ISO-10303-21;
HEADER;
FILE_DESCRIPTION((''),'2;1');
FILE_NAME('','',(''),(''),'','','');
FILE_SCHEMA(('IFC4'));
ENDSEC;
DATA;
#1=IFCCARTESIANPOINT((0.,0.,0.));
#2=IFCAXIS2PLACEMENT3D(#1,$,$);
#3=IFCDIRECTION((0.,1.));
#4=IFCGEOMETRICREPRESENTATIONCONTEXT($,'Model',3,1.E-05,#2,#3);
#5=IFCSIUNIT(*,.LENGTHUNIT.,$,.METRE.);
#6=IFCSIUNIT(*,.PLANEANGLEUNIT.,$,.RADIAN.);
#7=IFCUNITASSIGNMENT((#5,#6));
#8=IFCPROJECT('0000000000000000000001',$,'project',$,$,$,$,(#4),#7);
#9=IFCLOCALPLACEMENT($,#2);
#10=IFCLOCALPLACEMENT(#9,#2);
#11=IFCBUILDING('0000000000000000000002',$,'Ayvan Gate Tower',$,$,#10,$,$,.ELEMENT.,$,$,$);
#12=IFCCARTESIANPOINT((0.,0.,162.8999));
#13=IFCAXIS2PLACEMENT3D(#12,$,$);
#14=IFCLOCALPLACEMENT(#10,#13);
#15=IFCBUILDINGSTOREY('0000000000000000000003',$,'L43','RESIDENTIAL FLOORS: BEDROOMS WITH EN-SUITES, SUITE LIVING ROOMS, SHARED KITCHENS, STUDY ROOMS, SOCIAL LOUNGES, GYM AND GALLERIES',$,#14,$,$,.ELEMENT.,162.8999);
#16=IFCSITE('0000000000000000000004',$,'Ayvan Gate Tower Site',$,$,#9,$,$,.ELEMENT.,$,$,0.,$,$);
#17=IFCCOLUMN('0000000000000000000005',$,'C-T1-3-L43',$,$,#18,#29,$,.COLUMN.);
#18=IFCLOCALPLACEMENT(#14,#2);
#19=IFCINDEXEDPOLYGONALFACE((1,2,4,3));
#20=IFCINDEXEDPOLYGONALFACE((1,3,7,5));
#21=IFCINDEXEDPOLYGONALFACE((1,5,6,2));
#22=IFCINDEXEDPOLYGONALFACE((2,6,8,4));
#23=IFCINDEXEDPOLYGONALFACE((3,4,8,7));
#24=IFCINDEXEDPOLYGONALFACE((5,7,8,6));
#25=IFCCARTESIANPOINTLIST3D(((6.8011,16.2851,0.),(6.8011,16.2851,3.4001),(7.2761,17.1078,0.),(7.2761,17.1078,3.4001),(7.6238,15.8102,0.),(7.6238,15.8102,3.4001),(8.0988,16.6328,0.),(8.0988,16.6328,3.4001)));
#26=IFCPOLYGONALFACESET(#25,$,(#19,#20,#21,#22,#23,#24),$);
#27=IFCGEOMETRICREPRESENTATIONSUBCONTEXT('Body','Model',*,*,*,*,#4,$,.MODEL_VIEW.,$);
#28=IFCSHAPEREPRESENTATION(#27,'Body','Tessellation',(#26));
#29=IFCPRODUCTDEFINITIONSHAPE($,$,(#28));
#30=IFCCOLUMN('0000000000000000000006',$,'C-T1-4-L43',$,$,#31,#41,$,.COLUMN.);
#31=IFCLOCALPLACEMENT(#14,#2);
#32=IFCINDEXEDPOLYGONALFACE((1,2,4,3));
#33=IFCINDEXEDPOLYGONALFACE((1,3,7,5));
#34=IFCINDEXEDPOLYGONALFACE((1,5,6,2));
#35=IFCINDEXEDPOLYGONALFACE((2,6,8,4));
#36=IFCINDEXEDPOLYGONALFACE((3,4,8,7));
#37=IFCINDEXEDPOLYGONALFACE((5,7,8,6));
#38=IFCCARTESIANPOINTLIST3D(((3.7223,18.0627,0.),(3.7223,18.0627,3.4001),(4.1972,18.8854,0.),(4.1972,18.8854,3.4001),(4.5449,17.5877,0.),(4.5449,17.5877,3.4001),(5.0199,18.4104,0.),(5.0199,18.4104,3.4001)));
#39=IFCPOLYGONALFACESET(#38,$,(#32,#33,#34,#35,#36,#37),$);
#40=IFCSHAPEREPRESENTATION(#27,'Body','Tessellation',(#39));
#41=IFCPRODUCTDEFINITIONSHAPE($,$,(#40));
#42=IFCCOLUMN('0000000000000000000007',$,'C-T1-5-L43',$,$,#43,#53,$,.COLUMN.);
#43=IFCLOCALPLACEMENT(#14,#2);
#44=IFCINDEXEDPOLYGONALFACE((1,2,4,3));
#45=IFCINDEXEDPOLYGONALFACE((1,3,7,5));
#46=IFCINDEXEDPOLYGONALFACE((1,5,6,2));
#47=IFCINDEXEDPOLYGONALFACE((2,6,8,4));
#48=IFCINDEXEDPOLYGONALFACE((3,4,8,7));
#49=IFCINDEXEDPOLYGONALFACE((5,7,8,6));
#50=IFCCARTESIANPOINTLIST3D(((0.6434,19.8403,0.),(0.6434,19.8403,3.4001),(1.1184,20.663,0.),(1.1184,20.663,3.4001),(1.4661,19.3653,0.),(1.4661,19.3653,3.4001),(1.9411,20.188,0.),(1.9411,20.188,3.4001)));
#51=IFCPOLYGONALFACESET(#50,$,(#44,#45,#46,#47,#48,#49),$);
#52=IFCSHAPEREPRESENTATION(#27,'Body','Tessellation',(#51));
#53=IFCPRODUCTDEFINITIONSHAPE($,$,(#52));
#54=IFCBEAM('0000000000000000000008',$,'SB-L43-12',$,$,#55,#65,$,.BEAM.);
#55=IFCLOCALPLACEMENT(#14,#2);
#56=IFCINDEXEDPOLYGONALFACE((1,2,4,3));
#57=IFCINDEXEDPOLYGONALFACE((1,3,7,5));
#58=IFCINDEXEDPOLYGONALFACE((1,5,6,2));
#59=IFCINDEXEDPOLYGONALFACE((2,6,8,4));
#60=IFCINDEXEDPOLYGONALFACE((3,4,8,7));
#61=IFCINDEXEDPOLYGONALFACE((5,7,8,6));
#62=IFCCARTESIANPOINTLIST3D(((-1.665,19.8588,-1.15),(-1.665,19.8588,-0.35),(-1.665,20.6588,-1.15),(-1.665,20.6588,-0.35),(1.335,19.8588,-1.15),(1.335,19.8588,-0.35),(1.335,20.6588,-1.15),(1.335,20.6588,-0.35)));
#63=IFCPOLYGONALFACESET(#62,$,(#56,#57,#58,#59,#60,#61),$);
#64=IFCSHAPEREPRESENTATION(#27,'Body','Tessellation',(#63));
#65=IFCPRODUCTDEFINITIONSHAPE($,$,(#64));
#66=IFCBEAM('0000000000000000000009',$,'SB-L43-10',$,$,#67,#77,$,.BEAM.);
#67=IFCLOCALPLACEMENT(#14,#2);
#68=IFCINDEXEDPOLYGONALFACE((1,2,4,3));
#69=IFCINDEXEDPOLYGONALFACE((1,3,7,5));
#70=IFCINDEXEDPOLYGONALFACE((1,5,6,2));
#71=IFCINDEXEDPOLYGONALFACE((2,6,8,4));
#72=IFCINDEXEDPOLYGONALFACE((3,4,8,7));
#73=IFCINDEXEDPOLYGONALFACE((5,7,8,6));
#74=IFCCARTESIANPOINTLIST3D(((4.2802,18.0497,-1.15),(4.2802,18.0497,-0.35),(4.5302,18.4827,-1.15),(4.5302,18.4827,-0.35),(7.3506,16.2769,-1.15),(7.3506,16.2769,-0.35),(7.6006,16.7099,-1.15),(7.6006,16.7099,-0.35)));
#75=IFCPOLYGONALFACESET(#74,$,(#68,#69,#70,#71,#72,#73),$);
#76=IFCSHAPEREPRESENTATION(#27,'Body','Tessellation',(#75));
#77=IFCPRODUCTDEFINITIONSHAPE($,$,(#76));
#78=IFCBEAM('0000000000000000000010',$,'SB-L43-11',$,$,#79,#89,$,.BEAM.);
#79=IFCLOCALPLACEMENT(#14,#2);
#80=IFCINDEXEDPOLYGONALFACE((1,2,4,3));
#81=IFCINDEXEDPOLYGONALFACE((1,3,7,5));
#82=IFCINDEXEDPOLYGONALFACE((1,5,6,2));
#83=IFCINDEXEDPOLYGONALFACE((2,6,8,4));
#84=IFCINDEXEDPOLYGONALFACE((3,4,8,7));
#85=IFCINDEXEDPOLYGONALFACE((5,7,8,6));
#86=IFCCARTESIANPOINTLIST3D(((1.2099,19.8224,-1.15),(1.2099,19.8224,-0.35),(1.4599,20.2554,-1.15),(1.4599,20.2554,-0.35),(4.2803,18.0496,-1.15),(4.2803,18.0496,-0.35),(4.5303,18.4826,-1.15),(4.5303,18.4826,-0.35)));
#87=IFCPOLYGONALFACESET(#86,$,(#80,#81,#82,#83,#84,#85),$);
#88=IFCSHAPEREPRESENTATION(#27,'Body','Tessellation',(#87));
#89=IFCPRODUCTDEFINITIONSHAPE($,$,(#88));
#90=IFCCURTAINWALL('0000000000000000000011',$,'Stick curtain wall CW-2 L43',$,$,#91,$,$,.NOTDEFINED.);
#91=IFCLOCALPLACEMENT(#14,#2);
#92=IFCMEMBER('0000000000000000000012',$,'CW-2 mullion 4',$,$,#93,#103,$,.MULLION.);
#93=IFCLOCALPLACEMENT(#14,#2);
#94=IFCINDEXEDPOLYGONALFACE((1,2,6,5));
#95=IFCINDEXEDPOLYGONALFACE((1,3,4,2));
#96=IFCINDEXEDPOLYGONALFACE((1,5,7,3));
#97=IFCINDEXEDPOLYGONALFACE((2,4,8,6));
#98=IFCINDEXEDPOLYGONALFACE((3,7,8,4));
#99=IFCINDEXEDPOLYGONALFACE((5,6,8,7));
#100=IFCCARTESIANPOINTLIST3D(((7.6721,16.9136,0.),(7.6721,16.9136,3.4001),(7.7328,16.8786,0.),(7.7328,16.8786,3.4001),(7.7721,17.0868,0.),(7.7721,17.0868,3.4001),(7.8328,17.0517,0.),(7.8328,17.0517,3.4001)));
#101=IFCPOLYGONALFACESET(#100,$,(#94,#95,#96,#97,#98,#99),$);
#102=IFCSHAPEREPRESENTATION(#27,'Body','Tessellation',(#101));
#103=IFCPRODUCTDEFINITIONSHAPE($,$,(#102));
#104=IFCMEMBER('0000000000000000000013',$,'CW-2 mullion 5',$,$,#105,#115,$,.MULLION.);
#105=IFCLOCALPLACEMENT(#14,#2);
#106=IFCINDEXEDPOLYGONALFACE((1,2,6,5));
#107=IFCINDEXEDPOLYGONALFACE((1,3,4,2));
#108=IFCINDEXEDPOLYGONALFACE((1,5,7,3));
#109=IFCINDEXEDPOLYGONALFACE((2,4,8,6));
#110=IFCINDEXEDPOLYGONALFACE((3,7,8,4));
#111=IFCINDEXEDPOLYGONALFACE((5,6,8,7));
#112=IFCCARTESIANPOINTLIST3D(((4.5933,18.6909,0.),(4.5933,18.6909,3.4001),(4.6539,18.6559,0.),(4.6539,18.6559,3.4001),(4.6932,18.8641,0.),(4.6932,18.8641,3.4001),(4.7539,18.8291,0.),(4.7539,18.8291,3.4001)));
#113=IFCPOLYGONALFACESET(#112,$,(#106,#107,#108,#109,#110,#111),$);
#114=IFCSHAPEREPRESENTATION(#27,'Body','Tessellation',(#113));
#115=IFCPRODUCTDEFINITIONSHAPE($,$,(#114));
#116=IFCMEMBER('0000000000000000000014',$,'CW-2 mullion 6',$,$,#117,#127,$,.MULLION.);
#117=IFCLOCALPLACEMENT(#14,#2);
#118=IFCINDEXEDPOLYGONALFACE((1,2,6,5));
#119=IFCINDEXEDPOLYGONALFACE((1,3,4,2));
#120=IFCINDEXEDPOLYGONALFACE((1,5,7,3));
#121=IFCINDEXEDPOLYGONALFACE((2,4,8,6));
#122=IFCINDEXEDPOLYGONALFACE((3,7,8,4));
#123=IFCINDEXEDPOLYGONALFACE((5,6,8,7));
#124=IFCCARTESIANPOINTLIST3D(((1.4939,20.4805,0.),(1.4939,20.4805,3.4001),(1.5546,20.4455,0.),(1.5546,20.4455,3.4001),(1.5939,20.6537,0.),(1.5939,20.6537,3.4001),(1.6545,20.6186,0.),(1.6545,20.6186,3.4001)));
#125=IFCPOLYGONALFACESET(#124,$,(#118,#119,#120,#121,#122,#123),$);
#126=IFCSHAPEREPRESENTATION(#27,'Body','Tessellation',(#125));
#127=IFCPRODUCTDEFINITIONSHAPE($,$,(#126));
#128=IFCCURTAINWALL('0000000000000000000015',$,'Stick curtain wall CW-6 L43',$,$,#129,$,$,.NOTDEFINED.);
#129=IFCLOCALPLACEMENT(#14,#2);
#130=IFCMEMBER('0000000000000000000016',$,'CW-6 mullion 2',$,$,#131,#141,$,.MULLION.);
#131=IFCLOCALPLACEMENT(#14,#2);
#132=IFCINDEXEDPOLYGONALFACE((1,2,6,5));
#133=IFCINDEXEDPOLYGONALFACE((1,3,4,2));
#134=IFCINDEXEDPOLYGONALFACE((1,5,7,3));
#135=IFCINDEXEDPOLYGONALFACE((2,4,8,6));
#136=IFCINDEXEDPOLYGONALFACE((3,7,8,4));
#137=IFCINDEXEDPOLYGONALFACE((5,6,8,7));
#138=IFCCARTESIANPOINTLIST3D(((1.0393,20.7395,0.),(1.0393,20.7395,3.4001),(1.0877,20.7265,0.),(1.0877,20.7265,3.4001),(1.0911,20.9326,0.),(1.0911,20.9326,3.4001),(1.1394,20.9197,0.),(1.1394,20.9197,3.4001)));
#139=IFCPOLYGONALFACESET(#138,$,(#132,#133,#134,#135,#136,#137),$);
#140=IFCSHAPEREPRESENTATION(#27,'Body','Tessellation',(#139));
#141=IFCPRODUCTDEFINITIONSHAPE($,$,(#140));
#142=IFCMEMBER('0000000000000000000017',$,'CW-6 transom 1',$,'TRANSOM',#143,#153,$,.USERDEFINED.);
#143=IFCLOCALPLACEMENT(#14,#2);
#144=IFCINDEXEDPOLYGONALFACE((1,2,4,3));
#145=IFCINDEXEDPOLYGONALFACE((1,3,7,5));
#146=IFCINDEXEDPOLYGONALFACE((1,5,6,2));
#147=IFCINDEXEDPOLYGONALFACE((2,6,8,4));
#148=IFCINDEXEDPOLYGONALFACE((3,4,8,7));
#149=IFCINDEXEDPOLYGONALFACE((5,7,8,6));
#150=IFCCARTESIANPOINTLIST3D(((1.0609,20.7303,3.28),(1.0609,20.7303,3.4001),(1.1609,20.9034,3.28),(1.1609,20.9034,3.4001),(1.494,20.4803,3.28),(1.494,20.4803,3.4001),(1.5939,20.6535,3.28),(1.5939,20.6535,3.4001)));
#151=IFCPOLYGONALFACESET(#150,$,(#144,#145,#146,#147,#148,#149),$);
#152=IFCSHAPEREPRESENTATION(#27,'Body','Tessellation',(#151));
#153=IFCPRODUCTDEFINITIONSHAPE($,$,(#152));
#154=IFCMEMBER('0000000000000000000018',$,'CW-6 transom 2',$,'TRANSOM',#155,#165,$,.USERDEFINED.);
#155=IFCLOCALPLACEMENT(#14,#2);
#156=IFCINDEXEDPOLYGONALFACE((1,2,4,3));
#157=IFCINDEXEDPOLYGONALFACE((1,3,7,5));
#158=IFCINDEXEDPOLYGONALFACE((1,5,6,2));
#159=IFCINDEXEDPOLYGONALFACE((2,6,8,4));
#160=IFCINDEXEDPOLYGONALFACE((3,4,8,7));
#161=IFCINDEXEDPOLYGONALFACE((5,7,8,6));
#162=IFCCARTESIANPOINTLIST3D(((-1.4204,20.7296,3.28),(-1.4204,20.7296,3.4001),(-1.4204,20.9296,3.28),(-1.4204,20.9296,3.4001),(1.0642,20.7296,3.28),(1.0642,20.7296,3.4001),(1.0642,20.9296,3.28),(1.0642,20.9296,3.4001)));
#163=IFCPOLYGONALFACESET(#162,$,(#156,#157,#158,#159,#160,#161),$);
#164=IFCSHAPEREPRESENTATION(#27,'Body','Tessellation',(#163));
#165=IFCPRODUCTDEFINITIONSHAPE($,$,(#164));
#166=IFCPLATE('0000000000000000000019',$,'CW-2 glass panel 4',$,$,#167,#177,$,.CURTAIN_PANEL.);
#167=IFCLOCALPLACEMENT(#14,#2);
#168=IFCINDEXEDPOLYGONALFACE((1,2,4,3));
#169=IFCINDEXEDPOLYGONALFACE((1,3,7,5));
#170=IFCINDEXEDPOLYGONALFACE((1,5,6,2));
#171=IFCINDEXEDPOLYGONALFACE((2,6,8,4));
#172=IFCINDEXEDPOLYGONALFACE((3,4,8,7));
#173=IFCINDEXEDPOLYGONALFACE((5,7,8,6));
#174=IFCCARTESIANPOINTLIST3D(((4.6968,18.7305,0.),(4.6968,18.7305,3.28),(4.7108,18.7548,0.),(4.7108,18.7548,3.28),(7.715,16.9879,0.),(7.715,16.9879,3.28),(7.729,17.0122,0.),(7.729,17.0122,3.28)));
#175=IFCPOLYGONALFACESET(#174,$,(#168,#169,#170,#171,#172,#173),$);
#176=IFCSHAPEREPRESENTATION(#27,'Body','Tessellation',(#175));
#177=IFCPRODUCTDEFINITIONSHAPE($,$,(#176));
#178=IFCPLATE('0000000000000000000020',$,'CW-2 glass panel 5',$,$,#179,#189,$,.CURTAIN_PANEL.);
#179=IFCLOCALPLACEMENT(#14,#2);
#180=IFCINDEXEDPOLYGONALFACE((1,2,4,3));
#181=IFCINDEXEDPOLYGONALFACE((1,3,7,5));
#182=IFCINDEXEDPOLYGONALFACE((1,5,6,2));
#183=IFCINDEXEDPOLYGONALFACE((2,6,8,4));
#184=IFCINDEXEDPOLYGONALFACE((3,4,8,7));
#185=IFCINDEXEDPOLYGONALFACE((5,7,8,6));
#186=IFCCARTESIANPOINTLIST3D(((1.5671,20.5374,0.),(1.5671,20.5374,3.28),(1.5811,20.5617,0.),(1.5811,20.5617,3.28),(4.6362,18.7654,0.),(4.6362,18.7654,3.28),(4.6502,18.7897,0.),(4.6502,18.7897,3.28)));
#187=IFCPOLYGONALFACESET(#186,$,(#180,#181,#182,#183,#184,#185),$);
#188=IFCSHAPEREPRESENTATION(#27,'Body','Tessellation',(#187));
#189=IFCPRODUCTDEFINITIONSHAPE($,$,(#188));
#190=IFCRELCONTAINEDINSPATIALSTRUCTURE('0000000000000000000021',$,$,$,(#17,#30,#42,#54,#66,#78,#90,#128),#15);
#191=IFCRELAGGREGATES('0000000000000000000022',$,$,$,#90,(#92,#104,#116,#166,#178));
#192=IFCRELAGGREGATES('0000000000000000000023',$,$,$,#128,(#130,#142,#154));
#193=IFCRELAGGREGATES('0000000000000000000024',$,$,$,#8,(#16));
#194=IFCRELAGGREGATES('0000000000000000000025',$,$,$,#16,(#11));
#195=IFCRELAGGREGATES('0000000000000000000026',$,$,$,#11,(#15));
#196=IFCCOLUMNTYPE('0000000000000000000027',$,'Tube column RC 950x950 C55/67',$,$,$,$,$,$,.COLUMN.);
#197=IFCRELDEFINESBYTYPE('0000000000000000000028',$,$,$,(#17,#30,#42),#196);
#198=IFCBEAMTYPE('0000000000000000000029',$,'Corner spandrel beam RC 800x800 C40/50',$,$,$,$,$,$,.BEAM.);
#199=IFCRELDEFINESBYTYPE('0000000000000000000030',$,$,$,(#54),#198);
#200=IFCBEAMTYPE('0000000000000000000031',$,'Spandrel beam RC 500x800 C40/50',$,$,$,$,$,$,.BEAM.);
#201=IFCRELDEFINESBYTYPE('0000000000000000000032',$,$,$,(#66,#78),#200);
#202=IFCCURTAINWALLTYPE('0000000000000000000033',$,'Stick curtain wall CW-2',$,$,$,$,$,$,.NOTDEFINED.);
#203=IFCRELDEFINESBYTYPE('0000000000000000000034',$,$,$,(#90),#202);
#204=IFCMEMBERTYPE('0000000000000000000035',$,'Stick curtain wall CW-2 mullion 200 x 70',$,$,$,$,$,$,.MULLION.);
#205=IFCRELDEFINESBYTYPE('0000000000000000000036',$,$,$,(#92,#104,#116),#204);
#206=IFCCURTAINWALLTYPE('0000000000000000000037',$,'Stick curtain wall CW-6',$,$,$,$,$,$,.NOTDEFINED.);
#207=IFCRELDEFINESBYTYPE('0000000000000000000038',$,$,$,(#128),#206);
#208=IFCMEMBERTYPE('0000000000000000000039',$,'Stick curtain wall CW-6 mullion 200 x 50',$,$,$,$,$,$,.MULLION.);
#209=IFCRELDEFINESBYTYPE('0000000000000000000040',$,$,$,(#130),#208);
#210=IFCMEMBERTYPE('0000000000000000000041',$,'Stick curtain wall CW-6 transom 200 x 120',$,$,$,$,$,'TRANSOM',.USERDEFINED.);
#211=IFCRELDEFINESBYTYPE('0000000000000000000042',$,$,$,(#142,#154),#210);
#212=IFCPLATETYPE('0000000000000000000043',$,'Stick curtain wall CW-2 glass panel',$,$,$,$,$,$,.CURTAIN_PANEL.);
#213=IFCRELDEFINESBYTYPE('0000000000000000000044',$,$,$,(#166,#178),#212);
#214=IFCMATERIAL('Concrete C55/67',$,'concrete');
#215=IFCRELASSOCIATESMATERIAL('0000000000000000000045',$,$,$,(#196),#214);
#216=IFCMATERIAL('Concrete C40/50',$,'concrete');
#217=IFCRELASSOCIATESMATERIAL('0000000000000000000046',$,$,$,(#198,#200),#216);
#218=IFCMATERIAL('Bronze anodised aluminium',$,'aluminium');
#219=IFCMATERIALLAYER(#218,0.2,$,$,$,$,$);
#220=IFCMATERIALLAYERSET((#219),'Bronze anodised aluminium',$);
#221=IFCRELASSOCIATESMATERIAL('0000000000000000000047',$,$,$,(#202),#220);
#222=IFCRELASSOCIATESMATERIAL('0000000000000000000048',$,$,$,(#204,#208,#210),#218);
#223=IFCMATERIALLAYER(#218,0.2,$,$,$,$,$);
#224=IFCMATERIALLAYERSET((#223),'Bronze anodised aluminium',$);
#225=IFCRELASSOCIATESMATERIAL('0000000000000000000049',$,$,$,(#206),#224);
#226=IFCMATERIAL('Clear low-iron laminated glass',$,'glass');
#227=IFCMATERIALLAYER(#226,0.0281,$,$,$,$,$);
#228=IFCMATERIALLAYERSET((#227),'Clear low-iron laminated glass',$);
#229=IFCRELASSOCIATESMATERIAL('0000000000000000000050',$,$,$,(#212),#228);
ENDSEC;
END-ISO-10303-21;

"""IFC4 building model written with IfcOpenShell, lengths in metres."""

from ifc_helpers import new_model, si_unit, direction, frame, origin, origin_2d, place, context, subcontext, project, spatial, rectangle, extrude, material, layer, layer_set, material_profile, profile_set, type_object, element, aggregate, save


model = new_model("IFC4")

# Units and contexts
model_context = context("Model", 3, precision=1e-05, world=origin(), true_north=direction((0.0, 1.0)))
body_context = subcontext(model_context, "Body", "Model", "MODEL_VIEW")
ifc_project = project(units=[si_unit("LENGTHUNIT", "METRE"), si_unit("PLANEANGLEUNIT", "RADIAN")], contexts=[model_context])

# Site, building, storey
site_placement = place(None, origin())
site = spatial("IfcSite", under=ifc_project, at=site_placement, Name="Ayvan Gate Tower Site", CompositionType="ELEMENT", RefElevation=0.0)
building_placement = place(site_placement, origin())
building = spatial("IfcBuilding", under=site, at=building_placement, Name="Ayvan Gate Tower", CompositionType="ELEMENT")
storey_placement = place(building_placement, frame((0.0, 0.0, 162.8999)))
storey = spatial("IfcBuildingStorey", under=building, at=storey_placement, Name="L43", Description="RESIDENTIAL FLOORS: BEDROOMS WITH EN-SUITES, SUITE LIVING ROOMS, SHARED KITCHENS, STUDY ROOMS, SOCIAL LOUNGES, GYM AND GALLERIES", CompositionType="ELEMENT", Elevation=162.8999)

# Columns
ifc_material_1 = material(Name="Concrete C55/67", Category="concrete")
ifc_material_profile_1 = material_profile(ifc_material_1, rectangle(XDim=0.95, YDim=0.95, at=origin_2d()), Name="RC 950x950")
ifc_profile_set_1 = profile_set([ifc_material_profile_1], Name="Concrete C55/67")
column_type = type_object("IfcColumnType", Name="Tube column RC 950x950 C55/67", PredefinedType="COLUMN", material=ifc_profile_set_1)
for number, where, z_axis, x_axis, name in (
    (1, (7.45, 16.459, 0.0), (0.0, 0.0, 1.0), (0.5, 0.866025, 0.0), "C-T1-3-L43"),
    (2, (4.3711, 18.2366, 0.0), (0.0, 0.0, 1.0), (0.5, 0.866025, 0.0), "C-T1-4-L43"),
    (3, (1.2922, 20.0142, 0.0), (0.0, 0.0, 1.0), (0.5, 0.866025, 0.0), "C-T1-5-L43"),
):
    element("IfcColumn", number, at=place(storey_placement, frame(where, z_axis=z_axis, x_axis=x_axis)), inside=storey, type_object=column_type, Name=name, PredefinedType="COLUMN", context=body_context, shape_type="SweptSolid", body=[
        extrude(rectangle(XDim=0.95, YDim=0.95, at=origin_2d()), origin(), (0.0, 0.0, 1.0), 3.4001),
    ])

# Beams
ifc_material_2 = material(Name="Concrete C40/50", Category="concrete")
ifc_material_profile_2 = material_profile(ifc_material_2, rectangle(XDim=0.8, YDim=0.8, at=origin_2d()), Name="RC 800x800")
ifc_profile_set_2 = profile_set([ifc_material_profile_2], Name="Concrete C40/50")
beam_type_1 = type_object("IfcBeamType", Name="Corner spandrel beam RC 800x800 C40/50", PredefinedType="BEAM", material=ifc_profile_set_2)
beam_placement = place(storey_placement, frame((1.335, 20.2588, -0.75), z_axis=(-1.0, 0.0, 0.0), x_axis=(0.0, -1.0, 0.0)))
element("IfcBeam", 4, at=beam_placement, inside=storey, type_object=beam_type_1, Name="SB-L43-12", PredefinedType="BEAM", context=body_context, shape_type="SweptSolid", body=[
    extrude(rectangle(XDim=0.8, YDim=0.8, at=origin_2d()), origin(), (0.0, 0.0, 1.0), 3.0),
])
ifc_material_profile_3 = material_profile(ifc_material_2, rectangle(XDim=0.5, YDim=0.8, at=origin_2d()), Name="RC 500x800")
ifc_profile_set_3 = profile_set([ifc_material_profile_3], Name="Concrete C40/50")
beam_type_2 = type_object("IfcBeamType", Name="Spandrel beam RC 500x800 C40/50", PredefinedType="BEAM", material=ifc_profile_set_3)
for number, where, z_axis, x_axis, name in (
    (5, (7.4756, 16.4934, -0.75), (-0.866018, 0.500013, 0.0), (-0.500013, -0.866018, 0.0), "SB-L43-10"),
    (6, (4.4053, 18.2661, -0.75), (-0.866018, 0.500013, 0.0), (-0.500013, -0.866018, 0.0), "SB-L43-11"),
):
    element("IfcBeam", number, at=place(storey_placement, frame(where, z_axis=z_axis, x_axis=x_axis)), inside=storey, type_object=beam_type_2, Name=name, PredefinedType="BEAM", context=body_context, shape_type="SweptSolid", body=[
        extrude(rectangle(XDim=0.5, YDim=0.8, at=origin_2d()), origin(), (0.0, 0.0, 1.0), 3.5454),
    ])

# Curtain walls, members
ifc_material_3 = material(Name="Bronze anodised aluminium", Category="aluminium")
ifc_layer_1 = layer(ifc_material_3, 0.2)
ifc_layer_set_1 = layer_set([ifc_layer_1], Name="Bronze anodised aluminium")
curtain_wall_type_1 = type_object("IfcCurtainWallType", Name="Stick curtain wall CW-2", PredefinedType="NOTDEFINED", material=ifc_layer_set_1)
curtain_wall_1_placement = place(storey_placement, origin())
curtain_wall_1 = element("IfcCurtainWall", 7, at=curtain_wall_1_placement, inside=storey, type_object=curtain_wall_type_1, Name="Stick curtain wall CW-2 L43", PredefinedType="NOTDEFINED")
ifc_material_profile_4 = material_profile(ifc_material_3, rectangle(XDim=0.2, YDim=0.0701, at=origin_2d()), Name="Stick curtain wall CW-2 mullion 200 x 70")
ifc_profile_set_4 = profile_set([ifc_material_profile_4], Name="Bronze anodised aluminium")
member_type_1 = type_object("IfcMemberType", Name="Stick curtain wall CW-2 mullion 200 x 70", PredefinedType="MULLION", material=ifc_profile_set_4)
member_1_placement = place(storey_placement, frame((7.7524, 16.9827, 0.0), z_axis=(0.0, 0.0, 1.0), x_axis=(0.5, 0.866025, 0.0)))
member_1 = element("IfcMember", 8, at=member_1_placement, type_object=member_type_1, Name="CW-2 mullion 4", PredefinedType="MULLION", context=body_context, shape_type="SweptSolid", body=[
    extrude(rectangle(XDim=0.2, YDim=0.0701, at=origin_2d()), origin(), (0.0, 0.0, 1.0), 3.4001),
])
member_2_placement = place(storey_placement, frame((4.6736, 18.76, 0.0), z_axis=(0.0, 0.0, 1.0), x_axis=(0.5, 0.866025, 0.0)))
member_2 = element("IfcMember", 9, at=member_2_placement, type_object=member_type_1, Name="CW-2 mullion 5", PredefinedType="MULLION", context=body_context, shape_type="SweptSolid", body=[
    extrude(rectangle(XDim=0.2, YDim=0.0701, at=origin_2d()), origin(), (0.0, 0.0, 1.0), 3.4001),
])
member_3_placement = place(storey_placement, frame((1.5742, 20.5496, 0.0), z_axis=(0.0, 0.0, 1.0), x_axis=(0.5, 0.866025, 0.0)))
member_3 = element("IfcMember", 10, at=member_3_placement, type_object=member_type_1, Name="CW-2 mullion 6", PredefinedType="MULLION", context=body_context, shape_type="SweptSolid", body=[
    extrude(rectangle(XDim=0.2, YDim=0.0701, at=origin_2d()), origin(), (0.0, 0.0, 1.0), 3.4001),
])
ifc_layer_2 = layer(ifc_material_3, 0.2)
ifc_layer_set_2 = layer_set([ifc_layer_2], Name="Bronze anodised aluminium")
curtain_wall_type_2 = type_object("IfcCurtainWallType", Name="Stick curtain wall CW-6", PredefinedType="NOTDEFINED", material=ifc_layer_set_2)
curtain_wall_2_placement = place(storey_placement, origin())
curtain_wall_2 = element("IfcCurtainWall", 11, at=curtain_wall_2_placement, inside=storey, type_object=curtain_wall_type_2, Name="Stick curtain wall CW-6 L43", PredefinedType="NOTDEFINED")
ifc_material_profile_5 = material_profile(ifc_material_3, rectangle(XDim=0.2, YDim=0.05, at=origin_2d()), Name="Stick curtain wall CW-6 mullion 200 x 50")
ifc_profile_set_5 = profile_set([ifc_material_profile_5], Name="Bronze anodised aluminium")
member_type_2 = type_object("IfcMemberType", Name="Stick curtain wall CW-6 mullion 200 x 50", PredefinedType="MULLION", material=ifc_profile_set_5)
member_4_placement = place(storey_placement, frame((1.0894, 20.8296, 0.0), z_axis=(0.0, 0.0, 1.0), x_axis=(0.258819, 0.965926, 0.0)))
member_4 = element("IfcMember", 12, at=member_4_placement, type_object=member_type_2, Name="CW-6 mullion 2", PredefinedType="MULLION", context=body_context, shape_type="SweptSolid", body=[
    extrude(rectangle(XDim=0.2, YDim=0.05, at=origin_2d()), origin(), (0.0, 0.0, 1.0), 3.4001),
])
ifc_material_profile_6 = material_profile(ifc_material_3, rectangle(XDim=0.2, YDim=0.1201, at=origin_2d()), Name="Stick curtain wall CW-6 transom 200 x 120")
ifc_profile_set_6 = profile_set([ifc_material_profile_6], Name="Bronze anodised aluminium")
member_type_3 = type_object("IfcMemberType", Name="Stick curtain wall CW-6 transom 200 x 120", ElementType="TRANSOM", PredefinedType="USERDEFINED", material=ifc_profile_set_6)
member_5_placement = place(storey_placement, frame((1.5439, 20.5669, 3.3401), z_axis=(-0.866072, 0.49992, 0.0), x_axis=(-0.49992, -0.866072, 0.0)))
member_5 = element("IfcMember", 13, at=member_5_placement, type_object=member_type_3, Name="CW-6 transom 1", ObjectType="TRANSOM", PredefinedType="USERDEFINED", context=body_context, shape_type="SweptSolid", body=[
    extrude(rectangle(XDim=0.2, YDim=0.1201, at=origin_2d()), origin(), (0.0, 0.0, 1.0), 0.5),
])
member_6_placement = place(storey_placement, frame((1.0642, 20.8296, 3.3401), z_axis=(-1.0, 0.0, 0.0), x_axis=(0.0, -1.0, 0.0)))
member_6 = element("IfcMember", 14, at=member_6_placement, type_object=member_type_3, Name="CW-6 transom 2", ObjectType="TRANSOM", PredefinedType="USERDEFINED", context=body_context, shape_type="SweptSolid", body=[
    extrude(rectangle(XDim=0.2, YDim=0.1201, at=origin_2d()), origin(), (0.0, 0.0, 1.0), 2.4846),
])

# Plates
ifc_material_4 = material(Name="Clear low-iron laminated glass", Category="glass")
ifc_layer_3 = layer(ifc_material_4, 0.0281)
ifc_layer_set_3 = layer_set([ifc_layer_3], Name="Clear low-iron laminated glass")
plate_type_1 = type_object("IfcPlateType", Name="Stick curtain wall CW-2 glass panel", PredefinedType="CURTAIN_PANEL", material=ifc_layer_set_3)
plate_1_placement = place(storey_placement, frame((6.2129, 17.8713, 0.0), z_axis=(0.0, 0.0, 1.0), x_axis=(-0.866025, 0.5, 0.0)))
plate_1 = element("IfcPlate", 15, at=plate_1_placement, type_object=plate_type_1, Name="CW-2 glass panel 4", PredefinedType="CURTAIN_PANEL", context=body_context, shape_type="SweptSolid", body=[
    extrude(rectangle(XDim=3.4851, YDim=0.0281, at=origin_2d()), origin(), (0.0, 0.0, 1.0), 3.28),
])
plate_2_placement = place(storey_placement, frame((3.1086, 19.6636, 0.0), z_axis=(0.0, 0.0, 1.0), x_axis=(-0.866025, 0.5, 0.0)))
plate_2 = element("IfcPlate", 16, at=plate_2_placement, type_object=plate_type_1, Name="CW-2 glass panel 5", PredefinedType="CURTAIN_PANEL", context=body_context, shape_type="SweptSolid", body=[
    extrude(rectangle(XDim=3.5439, YDim=0.0281, at=origin_2d()), origin(), (0.0, 0.0, 1.0), 3.28),
])
aggregate(curtain_wall_1, [member_1, member_2, member_3, plate_1, plate_2])
aggregate(curtain_wall_2, [member_4, member_5, member_6])

save(model, "model.ifc")
